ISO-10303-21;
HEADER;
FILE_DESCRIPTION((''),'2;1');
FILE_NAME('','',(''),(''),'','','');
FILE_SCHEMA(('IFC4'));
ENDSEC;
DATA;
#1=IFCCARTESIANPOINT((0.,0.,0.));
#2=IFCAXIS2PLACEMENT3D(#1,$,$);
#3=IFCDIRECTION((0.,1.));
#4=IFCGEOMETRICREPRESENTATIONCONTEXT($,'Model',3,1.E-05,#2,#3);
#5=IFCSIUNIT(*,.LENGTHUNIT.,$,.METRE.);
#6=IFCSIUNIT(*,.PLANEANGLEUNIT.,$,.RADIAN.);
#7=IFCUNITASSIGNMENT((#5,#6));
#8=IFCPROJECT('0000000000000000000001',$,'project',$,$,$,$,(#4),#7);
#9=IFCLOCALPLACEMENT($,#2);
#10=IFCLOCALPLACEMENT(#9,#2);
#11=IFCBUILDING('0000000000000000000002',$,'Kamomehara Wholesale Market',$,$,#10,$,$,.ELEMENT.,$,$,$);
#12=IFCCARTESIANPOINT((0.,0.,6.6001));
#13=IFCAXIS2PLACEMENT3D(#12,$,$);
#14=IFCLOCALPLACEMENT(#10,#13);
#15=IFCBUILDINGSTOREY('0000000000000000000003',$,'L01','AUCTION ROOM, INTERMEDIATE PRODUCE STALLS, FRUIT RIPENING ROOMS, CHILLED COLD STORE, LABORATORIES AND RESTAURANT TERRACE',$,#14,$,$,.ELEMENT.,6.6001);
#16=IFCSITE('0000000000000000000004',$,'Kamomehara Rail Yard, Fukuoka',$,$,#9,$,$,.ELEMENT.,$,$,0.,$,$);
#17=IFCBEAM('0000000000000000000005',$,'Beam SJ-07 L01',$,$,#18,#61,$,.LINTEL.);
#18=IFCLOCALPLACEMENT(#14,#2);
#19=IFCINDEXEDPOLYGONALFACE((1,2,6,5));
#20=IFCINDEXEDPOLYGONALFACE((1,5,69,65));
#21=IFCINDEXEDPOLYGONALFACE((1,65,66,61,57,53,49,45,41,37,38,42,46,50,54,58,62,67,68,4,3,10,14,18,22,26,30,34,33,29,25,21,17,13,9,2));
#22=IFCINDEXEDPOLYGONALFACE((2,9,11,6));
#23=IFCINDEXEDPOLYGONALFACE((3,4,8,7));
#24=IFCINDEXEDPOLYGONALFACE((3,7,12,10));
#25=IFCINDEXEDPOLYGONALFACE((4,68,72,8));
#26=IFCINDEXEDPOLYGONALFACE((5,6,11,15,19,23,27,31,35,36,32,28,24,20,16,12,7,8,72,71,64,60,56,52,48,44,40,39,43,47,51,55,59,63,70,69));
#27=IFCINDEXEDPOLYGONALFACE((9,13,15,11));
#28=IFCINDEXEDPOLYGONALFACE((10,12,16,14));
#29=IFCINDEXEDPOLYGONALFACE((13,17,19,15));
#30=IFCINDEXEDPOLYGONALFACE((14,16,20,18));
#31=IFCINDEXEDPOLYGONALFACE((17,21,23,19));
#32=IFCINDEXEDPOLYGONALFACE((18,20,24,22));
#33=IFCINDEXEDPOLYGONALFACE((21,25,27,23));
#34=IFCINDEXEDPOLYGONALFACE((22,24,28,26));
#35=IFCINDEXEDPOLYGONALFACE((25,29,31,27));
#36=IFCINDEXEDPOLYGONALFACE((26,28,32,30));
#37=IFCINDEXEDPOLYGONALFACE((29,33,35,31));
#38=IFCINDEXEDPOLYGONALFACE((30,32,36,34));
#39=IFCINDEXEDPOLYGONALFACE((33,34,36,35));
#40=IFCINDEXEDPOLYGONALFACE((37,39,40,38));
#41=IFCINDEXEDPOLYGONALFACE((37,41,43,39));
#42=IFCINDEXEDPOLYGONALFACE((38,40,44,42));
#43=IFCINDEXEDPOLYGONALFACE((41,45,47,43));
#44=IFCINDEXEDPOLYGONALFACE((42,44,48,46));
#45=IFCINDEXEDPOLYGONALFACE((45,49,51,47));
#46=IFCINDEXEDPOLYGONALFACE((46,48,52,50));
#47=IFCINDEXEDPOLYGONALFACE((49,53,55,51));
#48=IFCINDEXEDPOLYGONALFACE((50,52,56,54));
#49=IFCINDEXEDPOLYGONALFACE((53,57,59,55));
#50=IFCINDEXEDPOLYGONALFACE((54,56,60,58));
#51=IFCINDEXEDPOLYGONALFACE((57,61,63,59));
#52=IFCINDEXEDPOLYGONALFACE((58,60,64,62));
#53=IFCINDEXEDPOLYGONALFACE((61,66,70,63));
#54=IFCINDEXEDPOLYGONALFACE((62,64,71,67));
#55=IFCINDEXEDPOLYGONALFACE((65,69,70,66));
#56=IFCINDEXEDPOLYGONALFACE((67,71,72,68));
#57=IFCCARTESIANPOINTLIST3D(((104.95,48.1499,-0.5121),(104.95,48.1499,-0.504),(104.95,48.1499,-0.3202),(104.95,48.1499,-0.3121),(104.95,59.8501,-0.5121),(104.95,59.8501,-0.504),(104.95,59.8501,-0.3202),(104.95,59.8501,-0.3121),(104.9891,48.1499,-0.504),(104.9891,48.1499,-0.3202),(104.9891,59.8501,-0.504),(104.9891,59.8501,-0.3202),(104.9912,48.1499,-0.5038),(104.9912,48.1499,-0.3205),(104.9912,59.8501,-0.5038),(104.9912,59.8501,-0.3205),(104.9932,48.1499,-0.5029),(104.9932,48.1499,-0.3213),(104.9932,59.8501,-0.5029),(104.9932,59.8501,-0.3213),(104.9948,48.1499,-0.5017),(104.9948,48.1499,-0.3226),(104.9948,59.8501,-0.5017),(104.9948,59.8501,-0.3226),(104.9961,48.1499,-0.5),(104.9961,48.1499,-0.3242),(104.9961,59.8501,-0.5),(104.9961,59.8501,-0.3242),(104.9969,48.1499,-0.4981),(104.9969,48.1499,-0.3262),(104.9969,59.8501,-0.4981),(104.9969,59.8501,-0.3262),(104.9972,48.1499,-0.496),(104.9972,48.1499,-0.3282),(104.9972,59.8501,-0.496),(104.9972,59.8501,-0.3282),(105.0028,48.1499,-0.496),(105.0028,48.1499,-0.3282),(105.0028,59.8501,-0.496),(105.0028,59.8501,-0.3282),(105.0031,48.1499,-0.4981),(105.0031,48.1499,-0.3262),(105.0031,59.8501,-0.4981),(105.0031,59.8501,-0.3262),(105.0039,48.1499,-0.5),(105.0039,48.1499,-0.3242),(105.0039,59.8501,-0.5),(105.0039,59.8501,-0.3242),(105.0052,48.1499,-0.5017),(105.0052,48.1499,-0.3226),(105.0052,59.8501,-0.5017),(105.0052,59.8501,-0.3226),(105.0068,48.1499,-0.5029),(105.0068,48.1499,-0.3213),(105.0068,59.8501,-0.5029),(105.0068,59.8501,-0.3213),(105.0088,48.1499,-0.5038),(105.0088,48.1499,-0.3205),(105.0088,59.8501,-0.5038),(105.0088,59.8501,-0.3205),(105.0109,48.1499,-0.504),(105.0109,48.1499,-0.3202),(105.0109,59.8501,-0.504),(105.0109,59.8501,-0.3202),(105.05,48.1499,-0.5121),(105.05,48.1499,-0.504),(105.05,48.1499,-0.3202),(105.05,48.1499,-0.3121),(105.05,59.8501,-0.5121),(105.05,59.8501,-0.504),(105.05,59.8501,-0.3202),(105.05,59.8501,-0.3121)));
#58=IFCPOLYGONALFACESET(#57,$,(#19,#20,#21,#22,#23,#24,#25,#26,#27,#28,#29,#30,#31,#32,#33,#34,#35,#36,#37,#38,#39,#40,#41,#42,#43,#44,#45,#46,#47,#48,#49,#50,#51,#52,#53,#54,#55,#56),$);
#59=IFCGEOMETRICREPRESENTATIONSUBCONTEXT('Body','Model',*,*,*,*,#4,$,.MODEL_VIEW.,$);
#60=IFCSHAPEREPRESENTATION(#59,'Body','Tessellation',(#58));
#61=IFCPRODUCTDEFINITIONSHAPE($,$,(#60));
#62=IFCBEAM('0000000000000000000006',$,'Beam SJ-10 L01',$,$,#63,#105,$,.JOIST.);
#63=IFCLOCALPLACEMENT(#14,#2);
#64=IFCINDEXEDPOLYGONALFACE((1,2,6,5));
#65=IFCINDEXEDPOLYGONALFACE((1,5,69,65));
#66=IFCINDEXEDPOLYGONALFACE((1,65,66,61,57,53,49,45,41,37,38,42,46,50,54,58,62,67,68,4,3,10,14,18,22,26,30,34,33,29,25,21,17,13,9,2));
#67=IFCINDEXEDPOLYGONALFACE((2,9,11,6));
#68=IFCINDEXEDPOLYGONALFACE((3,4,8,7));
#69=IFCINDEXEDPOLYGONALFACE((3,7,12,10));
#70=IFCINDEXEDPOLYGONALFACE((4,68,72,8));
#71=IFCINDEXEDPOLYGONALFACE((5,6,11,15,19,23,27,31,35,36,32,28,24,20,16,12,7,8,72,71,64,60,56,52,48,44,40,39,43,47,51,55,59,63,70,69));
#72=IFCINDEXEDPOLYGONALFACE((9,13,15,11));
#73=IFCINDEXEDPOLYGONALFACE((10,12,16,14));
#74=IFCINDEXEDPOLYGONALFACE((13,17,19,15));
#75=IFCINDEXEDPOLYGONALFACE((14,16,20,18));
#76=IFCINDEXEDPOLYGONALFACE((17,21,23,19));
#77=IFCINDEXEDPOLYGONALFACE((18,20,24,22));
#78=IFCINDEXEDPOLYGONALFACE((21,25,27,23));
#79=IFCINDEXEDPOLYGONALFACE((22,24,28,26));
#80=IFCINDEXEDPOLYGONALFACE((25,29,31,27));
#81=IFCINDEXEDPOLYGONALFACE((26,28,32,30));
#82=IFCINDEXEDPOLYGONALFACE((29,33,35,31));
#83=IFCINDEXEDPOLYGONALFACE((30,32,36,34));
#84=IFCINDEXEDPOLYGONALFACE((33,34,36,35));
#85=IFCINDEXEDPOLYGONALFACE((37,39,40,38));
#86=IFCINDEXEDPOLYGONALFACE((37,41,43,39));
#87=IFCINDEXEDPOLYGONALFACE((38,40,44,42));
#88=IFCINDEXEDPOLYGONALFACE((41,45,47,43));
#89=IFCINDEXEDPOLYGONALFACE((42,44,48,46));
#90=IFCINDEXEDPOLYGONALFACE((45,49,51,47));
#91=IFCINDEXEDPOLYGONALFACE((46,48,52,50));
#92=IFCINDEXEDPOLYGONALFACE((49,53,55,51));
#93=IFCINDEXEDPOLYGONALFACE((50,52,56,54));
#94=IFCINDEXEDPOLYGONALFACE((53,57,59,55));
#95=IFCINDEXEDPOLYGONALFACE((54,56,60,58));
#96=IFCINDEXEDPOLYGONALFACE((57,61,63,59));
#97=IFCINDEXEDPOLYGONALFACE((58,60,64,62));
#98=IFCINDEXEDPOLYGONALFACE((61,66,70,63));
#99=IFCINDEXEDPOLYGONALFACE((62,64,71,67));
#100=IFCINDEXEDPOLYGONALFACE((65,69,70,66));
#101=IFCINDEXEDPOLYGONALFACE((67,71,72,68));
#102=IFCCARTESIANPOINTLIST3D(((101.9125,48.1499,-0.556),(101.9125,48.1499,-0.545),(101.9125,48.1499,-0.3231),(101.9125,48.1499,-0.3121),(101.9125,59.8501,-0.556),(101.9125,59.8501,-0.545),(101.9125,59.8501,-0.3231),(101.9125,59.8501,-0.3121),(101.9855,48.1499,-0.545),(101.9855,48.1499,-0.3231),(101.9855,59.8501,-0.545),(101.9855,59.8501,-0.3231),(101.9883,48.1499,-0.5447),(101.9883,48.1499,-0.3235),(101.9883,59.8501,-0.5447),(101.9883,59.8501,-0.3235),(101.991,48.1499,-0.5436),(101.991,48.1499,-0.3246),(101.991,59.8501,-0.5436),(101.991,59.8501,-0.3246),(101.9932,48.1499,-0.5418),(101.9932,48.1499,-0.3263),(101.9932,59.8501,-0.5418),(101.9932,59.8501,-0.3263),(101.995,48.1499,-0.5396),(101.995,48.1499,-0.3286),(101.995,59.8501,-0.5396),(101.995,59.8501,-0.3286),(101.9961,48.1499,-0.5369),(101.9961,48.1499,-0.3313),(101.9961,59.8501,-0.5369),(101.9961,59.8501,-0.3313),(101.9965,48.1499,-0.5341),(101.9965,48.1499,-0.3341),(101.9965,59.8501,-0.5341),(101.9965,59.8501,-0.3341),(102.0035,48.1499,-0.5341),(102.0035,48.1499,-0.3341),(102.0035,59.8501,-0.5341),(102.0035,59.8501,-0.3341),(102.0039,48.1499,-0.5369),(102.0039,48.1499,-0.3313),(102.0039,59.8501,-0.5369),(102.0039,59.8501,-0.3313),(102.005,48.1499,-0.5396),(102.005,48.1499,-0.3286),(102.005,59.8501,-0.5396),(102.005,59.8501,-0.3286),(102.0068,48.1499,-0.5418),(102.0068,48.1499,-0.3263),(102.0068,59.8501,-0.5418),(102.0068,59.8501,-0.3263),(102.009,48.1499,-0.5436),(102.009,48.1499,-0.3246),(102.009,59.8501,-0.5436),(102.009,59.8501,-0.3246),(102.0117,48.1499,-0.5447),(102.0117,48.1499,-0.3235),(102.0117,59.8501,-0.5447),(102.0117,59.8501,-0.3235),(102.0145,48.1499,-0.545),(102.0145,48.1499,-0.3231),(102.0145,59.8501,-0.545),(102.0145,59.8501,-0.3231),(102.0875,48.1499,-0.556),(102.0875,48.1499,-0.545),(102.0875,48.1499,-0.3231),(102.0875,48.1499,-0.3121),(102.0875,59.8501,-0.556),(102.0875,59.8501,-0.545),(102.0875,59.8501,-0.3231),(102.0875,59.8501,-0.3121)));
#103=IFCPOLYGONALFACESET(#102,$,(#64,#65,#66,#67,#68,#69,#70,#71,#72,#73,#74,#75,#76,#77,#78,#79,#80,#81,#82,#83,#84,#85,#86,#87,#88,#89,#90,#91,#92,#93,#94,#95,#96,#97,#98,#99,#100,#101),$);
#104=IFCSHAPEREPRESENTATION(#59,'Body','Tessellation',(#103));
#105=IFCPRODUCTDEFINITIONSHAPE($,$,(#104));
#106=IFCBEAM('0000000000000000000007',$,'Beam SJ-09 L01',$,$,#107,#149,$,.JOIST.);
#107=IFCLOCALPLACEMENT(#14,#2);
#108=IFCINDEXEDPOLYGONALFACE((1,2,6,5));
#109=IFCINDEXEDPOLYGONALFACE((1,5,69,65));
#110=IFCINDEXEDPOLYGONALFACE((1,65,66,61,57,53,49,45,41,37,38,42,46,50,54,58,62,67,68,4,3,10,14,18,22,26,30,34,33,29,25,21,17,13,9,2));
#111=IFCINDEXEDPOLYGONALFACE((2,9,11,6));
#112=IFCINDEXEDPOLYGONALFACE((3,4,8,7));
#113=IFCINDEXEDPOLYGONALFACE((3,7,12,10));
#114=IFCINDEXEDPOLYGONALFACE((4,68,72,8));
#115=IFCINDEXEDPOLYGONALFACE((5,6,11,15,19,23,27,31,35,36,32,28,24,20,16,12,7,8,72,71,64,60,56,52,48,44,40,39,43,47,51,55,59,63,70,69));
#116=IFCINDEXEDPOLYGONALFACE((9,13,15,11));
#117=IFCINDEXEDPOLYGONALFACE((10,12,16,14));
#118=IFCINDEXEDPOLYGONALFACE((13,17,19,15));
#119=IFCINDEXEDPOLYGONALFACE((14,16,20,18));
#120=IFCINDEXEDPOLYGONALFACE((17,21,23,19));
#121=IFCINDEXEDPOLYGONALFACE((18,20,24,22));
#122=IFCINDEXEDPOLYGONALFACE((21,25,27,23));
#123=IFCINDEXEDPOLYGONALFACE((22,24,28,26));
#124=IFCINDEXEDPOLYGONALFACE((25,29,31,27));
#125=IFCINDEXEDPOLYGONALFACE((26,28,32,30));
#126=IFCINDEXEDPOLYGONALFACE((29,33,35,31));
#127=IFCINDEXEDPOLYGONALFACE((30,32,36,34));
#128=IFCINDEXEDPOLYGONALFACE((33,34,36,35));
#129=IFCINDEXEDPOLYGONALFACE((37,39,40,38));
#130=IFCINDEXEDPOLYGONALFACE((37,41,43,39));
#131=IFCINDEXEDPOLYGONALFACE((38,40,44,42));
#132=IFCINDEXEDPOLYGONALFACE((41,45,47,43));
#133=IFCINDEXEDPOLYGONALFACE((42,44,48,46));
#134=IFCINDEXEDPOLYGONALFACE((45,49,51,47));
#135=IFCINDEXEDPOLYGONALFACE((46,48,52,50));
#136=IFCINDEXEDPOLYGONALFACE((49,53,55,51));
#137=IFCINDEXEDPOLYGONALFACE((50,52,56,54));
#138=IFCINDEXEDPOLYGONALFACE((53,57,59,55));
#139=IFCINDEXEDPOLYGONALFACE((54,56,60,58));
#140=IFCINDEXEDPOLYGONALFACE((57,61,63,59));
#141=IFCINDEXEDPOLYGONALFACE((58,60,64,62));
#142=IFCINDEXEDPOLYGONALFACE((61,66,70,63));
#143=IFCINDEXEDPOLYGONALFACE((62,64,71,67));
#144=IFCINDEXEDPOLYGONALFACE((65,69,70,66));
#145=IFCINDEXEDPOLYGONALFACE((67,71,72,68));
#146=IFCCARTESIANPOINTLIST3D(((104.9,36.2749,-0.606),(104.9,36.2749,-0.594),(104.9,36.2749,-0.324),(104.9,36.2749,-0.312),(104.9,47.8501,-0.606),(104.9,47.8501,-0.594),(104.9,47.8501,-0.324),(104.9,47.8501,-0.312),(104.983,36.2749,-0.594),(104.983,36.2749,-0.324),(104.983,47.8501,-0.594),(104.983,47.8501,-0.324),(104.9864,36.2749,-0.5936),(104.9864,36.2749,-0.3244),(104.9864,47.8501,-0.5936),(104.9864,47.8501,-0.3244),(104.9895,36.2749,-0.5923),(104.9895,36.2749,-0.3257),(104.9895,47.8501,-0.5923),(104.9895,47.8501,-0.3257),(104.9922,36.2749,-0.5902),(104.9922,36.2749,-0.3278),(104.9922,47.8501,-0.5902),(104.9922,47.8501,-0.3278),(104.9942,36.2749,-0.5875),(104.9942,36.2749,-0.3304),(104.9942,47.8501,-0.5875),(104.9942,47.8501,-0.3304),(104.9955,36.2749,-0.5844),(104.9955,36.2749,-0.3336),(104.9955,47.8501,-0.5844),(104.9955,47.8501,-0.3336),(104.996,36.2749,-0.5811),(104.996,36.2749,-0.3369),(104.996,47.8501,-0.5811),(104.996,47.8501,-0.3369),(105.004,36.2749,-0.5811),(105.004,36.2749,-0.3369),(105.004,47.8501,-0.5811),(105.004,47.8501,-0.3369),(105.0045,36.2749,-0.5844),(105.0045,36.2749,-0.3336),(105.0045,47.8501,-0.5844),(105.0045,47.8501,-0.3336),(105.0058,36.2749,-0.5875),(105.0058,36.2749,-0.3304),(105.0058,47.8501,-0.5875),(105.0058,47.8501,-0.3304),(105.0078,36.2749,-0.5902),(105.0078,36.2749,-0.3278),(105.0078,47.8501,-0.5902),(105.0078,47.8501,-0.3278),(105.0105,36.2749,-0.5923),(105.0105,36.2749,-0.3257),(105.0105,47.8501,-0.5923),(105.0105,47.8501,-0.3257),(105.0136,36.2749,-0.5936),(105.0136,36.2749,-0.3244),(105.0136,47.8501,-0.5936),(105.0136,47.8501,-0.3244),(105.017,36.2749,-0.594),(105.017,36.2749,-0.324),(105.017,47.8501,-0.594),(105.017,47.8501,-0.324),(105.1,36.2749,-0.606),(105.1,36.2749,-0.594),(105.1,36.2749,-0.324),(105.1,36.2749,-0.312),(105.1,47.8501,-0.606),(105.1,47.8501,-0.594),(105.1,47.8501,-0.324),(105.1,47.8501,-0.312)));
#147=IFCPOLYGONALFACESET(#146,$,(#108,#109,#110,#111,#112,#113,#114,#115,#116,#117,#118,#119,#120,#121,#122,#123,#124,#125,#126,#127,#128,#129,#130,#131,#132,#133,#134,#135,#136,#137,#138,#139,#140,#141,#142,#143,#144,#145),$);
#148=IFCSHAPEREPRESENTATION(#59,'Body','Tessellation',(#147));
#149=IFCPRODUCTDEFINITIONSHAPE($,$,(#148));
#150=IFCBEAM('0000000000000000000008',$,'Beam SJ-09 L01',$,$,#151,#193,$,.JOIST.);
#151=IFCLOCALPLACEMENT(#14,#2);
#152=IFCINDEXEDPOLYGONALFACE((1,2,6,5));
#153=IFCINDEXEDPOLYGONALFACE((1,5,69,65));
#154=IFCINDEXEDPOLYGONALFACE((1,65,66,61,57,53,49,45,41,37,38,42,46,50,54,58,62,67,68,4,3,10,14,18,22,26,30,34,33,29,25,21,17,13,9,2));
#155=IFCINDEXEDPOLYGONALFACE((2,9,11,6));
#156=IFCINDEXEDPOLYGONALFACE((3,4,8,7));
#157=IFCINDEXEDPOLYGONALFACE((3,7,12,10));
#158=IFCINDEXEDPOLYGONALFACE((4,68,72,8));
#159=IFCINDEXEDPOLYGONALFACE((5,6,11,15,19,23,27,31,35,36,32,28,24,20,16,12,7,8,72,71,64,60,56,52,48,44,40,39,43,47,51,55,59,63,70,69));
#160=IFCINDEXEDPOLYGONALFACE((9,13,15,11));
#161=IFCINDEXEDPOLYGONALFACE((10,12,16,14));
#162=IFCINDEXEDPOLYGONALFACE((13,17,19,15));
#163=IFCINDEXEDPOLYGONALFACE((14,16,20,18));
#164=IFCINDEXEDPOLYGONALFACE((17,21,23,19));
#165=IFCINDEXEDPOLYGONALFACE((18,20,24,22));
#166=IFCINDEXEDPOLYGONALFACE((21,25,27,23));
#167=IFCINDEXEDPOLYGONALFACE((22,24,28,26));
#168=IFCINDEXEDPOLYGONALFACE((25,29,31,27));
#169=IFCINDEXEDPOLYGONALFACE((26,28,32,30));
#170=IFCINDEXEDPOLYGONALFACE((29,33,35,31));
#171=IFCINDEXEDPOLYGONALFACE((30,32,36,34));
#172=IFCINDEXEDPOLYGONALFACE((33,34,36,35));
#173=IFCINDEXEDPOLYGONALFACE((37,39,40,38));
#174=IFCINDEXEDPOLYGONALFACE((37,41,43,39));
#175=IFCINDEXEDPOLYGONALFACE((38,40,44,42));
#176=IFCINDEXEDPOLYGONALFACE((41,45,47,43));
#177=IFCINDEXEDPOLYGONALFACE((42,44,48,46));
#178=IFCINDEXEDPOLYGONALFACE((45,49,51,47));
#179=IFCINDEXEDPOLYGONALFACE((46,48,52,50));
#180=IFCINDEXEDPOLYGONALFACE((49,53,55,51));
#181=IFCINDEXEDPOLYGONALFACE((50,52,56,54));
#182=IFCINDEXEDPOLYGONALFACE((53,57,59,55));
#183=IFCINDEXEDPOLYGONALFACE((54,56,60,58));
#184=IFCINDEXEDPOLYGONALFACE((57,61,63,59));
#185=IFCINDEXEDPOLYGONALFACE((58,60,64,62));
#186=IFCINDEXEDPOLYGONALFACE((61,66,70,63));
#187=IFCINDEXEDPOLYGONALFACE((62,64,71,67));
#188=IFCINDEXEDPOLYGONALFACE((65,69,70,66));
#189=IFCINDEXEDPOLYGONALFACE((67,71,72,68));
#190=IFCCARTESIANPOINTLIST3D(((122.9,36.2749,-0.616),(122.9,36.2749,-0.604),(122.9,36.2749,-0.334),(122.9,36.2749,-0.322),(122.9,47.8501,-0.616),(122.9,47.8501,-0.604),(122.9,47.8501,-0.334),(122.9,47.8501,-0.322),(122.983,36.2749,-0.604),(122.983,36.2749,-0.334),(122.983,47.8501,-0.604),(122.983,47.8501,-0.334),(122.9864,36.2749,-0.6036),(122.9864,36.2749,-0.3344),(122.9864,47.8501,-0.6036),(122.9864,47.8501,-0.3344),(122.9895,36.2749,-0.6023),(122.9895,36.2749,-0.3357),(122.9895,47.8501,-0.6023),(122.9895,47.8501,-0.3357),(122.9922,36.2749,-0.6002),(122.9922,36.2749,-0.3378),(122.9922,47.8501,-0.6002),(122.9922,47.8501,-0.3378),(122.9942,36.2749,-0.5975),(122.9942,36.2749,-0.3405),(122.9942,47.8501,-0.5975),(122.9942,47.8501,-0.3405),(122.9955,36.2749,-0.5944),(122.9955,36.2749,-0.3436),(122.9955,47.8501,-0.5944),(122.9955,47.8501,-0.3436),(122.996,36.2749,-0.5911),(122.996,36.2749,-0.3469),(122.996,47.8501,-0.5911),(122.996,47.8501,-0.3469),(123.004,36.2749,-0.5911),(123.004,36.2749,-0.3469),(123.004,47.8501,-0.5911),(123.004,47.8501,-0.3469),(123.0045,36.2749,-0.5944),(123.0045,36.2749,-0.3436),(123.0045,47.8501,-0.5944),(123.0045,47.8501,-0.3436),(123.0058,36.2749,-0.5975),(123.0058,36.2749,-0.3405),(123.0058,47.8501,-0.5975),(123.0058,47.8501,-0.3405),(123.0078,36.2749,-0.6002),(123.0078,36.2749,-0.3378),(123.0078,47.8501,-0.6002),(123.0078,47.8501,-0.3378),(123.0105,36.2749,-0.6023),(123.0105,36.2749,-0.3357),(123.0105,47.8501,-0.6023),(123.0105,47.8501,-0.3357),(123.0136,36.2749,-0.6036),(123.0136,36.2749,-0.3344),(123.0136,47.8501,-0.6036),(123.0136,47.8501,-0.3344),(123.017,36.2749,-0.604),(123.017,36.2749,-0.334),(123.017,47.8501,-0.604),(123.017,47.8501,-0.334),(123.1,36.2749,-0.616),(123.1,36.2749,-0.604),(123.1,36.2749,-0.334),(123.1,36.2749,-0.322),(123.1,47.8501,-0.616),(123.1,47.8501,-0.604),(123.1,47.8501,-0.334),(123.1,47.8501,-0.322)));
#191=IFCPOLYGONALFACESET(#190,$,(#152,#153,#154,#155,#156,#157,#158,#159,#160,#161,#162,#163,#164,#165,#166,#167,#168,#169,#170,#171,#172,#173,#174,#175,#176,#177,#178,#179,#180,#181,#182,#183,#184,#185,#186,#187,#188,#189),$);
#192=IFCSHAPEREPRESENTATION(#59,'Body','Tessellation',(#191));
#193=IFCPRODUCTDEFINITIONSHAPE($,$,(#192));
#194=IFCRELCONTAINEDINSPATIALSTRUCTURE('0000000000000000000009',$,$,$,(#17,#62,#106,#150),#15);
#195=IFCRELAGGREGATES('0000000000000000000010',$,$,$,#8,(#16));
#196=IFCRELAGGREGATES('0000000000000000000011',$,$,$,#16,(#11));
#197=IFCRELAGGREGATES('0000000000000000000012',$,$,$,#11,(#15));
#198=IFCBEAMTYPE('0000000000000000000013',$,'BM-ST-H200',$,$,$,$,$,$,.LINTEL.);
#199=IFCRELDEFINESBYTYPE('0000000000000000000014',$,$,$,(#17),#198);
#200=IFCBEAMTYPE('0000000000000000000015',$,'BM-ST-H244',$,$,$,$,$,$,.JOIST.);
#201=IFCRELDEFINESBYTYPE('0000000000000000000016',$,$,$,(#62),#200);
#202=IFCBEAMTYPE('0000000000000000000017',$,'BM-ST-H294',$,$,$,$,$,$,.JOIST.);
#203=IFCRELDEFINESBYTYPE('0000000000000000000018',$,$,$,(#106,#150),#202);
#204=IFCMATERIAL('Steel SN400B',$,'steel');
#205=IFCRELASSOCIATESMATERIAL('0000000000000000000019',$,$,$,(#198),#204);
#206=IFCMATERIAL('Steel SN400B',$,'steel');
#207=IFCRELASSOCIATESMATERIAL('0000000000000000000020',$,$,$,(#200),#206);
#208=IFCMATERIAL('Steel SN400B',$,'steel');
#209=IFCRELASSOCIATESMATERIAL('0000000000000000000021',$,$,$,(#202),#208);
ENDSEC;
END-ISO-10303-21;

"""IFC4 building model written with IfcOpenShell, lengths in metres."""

from ifc_helpers import new_model, si_unit, direction, frame, origin, origin_2d, place, context, subcontext, project, spatial, i_section, extrude, material, material_profile, profile_set, type_object, element, save


model = new_model("IFC4")

# Units and contexts
model_context = context("Model", 3, precision=1e-05, world=origin(), true_north=direction((0.0, 1.0)))
body_context = subcontext(model_context, "Body", "Model", "MODEL_VIEW")
ifc_project = project(units=[si_unit("LENGTHUNIT", "METRE"), si_unit("PLANEANGLEUNIT", "RADIAN")], contexts=[model_context])

# Site, building, storey
site_placement = place(None, origin())
site = spatial("IfcSite", under=ifc_project, at=site_placement, Name="Kamomehara Rail Yard, Fukuoka", CompositionType="ELEMENT", RefElevation=0.0)
building_placement = place(site_placement, origin())
building = spatial("IfcBuilding", under=site, at=building_placement, Name="Kamomehara Wholesale Market", CompositionType="ELEMENT")
storey_placement = place(building_placement, frame((0.0, 0.0, 6.6001)))
storey = spatial("IfcBuildingStorey", under=building, at=storey_placement, Name="L01", Description="AUCTION ROOM, INTERMEDIATE PRODUCE STALLS, FRUIT RIPENING ROOMS, CHILLED COLD STORE, LABORATORIES AND RESTAURANT TERRACE", CompositionType="ELEMENT", Elevation=6.6001)

# Beams
ifc_material_1 = material(Name="Steel SN400B", Category="steel")
ifc_material_profile_1 = material_profile(ifc_material_1, i_section(OverallWidth=0.1001, OverallDepth=0.2, WebThickness=0.0056, FlangeThickness=0.0081, FilletRadius=0.0081, at=origin_2d()), Name="H-200x100x5.5x8")
ifc_profile_set_1 = profile_set([ifc_material_profile_1], Name="Steel SN400B")
beam_type_1 = type_object("IfcBeamType", Name="BM-ST-H200", PredefinedType="LINTEL", material=ifc_profile_set_1)
beam_1_placement = place(storey_placement, frame((105.0, 48.1499, -0.4121), z_axis=(0.0, 1.0, 0.0), x_axis=(-1.0, 0.0, 0.0)))
element("IfcBeam", 1, at=beam_1_placement, inside=storey, type_object=beam_type_1, Name="Beam SJ-07 L01", PredefinedType="LINTEL", context=body_context, shape_type="SweptSolid", body=[
    extrude(i_section(OverallWidth=0.1001, OverallDepth=0.2, WebThickness=0.0056, FlangeThickness=0.0081, FilletRadius=0.0081, at=origin_2d()), origin(), (0.0, 0.0, 1.0), 11.7002),
])
ifc_material_2 = material(Name="Steel SN400B", Category="steel")
ifc_material_profile_2 = material_profile(ifc_material_2, i_section(OverallWidth=0.175, OverallDepth=0.2439, WebThickness=0.0071, FlangeThickness=0.011, FilletRadius=0.011, at=origin_2d()), Name="H-244x175x7x11")
ifc_profile_set_2 = profile_set([ifc_material_profile_2], Name="Steel SN400B")
beam_type_2 = type_object("IfcBeamType", Name="BM-ST-H244", PredefinedType="JOIST", material=ifc_profile_set_2)
beam_2_placement = place(storey_placement, frame((102.0, 48.1499, -0.4341), z_axis=(0.0, 1.0, 0.0), x_axis=(-1.0, 0.0, 0.0)))
element("IfcBeam", 2, at=beam_2_placement, inside=storey, type_object=beam_type_2, Name="Beam SJ-10 L01", PredefinedType="JOIST", context=body_context, shape_type="SweptSolid", body=[
    extrude(i_section(OverallWidth=0.175, OverallDepth=0.2439, WebThickness=0.0071, FlangeThickness=0.011, FilletRadius=0.011, at=origin_2d()), origin(), (0.0, 0.0, 1.0), 11.7002),
])
ifc_material_3 = material(Name="Steel SN400B", Category="steel")
ifc_material_profile_3 = material_profile(ifc_material_3, i_section(OverallWidth=0.2, OverallDepth=0.2939, WebThickness=0.0081, FlangeThickness=0.012, FilletRadius=0.0129, at=origin_2d()), Name="H-294x200x8x12")
ifc_profile_set_3 = profile_set([ifc_material_profile_3], Name="Steel SN400B")
beam_type_3 = type_object("IfcBeamType", Name="BM-ST-H294", PredefinedType="JOIST", material=ifc_profile_set_3)
for number, where, z_axis, x_axis, name in (
    (3, (105.0, 36.2749, -0.459), (0.0, 1.0, 0.0), (-1.0, 0.0, 0.0), "Beam SJ-09 L01"),
    (4, (123.0, 36.2749, -0.469), (0.0, 1.0, 0.0), (-1.0, 0.0, 0.0), "Beam SJ-09 L01"),
):
    element("IfcBeam", number, at=place(storey_placement, frame(where, z_axis=z_axis, x_axis=x_axis)), inside=storey, type_object=beam_type_3, Name=name, PredefinedType="JOIST", context=body_context, shape_type="SweptSolid", body=[
        extrude(i_section(OverallWidth=0.2, OverallDepth=0.2939, WebThickness=0.0081, FlangeThickness=0.012, FilletRadius=0.0129, at=origin_2d()), origin(), (0.0, 0.0, 1.0), 11.5752),
    ])

save(model, "model.ifc")
